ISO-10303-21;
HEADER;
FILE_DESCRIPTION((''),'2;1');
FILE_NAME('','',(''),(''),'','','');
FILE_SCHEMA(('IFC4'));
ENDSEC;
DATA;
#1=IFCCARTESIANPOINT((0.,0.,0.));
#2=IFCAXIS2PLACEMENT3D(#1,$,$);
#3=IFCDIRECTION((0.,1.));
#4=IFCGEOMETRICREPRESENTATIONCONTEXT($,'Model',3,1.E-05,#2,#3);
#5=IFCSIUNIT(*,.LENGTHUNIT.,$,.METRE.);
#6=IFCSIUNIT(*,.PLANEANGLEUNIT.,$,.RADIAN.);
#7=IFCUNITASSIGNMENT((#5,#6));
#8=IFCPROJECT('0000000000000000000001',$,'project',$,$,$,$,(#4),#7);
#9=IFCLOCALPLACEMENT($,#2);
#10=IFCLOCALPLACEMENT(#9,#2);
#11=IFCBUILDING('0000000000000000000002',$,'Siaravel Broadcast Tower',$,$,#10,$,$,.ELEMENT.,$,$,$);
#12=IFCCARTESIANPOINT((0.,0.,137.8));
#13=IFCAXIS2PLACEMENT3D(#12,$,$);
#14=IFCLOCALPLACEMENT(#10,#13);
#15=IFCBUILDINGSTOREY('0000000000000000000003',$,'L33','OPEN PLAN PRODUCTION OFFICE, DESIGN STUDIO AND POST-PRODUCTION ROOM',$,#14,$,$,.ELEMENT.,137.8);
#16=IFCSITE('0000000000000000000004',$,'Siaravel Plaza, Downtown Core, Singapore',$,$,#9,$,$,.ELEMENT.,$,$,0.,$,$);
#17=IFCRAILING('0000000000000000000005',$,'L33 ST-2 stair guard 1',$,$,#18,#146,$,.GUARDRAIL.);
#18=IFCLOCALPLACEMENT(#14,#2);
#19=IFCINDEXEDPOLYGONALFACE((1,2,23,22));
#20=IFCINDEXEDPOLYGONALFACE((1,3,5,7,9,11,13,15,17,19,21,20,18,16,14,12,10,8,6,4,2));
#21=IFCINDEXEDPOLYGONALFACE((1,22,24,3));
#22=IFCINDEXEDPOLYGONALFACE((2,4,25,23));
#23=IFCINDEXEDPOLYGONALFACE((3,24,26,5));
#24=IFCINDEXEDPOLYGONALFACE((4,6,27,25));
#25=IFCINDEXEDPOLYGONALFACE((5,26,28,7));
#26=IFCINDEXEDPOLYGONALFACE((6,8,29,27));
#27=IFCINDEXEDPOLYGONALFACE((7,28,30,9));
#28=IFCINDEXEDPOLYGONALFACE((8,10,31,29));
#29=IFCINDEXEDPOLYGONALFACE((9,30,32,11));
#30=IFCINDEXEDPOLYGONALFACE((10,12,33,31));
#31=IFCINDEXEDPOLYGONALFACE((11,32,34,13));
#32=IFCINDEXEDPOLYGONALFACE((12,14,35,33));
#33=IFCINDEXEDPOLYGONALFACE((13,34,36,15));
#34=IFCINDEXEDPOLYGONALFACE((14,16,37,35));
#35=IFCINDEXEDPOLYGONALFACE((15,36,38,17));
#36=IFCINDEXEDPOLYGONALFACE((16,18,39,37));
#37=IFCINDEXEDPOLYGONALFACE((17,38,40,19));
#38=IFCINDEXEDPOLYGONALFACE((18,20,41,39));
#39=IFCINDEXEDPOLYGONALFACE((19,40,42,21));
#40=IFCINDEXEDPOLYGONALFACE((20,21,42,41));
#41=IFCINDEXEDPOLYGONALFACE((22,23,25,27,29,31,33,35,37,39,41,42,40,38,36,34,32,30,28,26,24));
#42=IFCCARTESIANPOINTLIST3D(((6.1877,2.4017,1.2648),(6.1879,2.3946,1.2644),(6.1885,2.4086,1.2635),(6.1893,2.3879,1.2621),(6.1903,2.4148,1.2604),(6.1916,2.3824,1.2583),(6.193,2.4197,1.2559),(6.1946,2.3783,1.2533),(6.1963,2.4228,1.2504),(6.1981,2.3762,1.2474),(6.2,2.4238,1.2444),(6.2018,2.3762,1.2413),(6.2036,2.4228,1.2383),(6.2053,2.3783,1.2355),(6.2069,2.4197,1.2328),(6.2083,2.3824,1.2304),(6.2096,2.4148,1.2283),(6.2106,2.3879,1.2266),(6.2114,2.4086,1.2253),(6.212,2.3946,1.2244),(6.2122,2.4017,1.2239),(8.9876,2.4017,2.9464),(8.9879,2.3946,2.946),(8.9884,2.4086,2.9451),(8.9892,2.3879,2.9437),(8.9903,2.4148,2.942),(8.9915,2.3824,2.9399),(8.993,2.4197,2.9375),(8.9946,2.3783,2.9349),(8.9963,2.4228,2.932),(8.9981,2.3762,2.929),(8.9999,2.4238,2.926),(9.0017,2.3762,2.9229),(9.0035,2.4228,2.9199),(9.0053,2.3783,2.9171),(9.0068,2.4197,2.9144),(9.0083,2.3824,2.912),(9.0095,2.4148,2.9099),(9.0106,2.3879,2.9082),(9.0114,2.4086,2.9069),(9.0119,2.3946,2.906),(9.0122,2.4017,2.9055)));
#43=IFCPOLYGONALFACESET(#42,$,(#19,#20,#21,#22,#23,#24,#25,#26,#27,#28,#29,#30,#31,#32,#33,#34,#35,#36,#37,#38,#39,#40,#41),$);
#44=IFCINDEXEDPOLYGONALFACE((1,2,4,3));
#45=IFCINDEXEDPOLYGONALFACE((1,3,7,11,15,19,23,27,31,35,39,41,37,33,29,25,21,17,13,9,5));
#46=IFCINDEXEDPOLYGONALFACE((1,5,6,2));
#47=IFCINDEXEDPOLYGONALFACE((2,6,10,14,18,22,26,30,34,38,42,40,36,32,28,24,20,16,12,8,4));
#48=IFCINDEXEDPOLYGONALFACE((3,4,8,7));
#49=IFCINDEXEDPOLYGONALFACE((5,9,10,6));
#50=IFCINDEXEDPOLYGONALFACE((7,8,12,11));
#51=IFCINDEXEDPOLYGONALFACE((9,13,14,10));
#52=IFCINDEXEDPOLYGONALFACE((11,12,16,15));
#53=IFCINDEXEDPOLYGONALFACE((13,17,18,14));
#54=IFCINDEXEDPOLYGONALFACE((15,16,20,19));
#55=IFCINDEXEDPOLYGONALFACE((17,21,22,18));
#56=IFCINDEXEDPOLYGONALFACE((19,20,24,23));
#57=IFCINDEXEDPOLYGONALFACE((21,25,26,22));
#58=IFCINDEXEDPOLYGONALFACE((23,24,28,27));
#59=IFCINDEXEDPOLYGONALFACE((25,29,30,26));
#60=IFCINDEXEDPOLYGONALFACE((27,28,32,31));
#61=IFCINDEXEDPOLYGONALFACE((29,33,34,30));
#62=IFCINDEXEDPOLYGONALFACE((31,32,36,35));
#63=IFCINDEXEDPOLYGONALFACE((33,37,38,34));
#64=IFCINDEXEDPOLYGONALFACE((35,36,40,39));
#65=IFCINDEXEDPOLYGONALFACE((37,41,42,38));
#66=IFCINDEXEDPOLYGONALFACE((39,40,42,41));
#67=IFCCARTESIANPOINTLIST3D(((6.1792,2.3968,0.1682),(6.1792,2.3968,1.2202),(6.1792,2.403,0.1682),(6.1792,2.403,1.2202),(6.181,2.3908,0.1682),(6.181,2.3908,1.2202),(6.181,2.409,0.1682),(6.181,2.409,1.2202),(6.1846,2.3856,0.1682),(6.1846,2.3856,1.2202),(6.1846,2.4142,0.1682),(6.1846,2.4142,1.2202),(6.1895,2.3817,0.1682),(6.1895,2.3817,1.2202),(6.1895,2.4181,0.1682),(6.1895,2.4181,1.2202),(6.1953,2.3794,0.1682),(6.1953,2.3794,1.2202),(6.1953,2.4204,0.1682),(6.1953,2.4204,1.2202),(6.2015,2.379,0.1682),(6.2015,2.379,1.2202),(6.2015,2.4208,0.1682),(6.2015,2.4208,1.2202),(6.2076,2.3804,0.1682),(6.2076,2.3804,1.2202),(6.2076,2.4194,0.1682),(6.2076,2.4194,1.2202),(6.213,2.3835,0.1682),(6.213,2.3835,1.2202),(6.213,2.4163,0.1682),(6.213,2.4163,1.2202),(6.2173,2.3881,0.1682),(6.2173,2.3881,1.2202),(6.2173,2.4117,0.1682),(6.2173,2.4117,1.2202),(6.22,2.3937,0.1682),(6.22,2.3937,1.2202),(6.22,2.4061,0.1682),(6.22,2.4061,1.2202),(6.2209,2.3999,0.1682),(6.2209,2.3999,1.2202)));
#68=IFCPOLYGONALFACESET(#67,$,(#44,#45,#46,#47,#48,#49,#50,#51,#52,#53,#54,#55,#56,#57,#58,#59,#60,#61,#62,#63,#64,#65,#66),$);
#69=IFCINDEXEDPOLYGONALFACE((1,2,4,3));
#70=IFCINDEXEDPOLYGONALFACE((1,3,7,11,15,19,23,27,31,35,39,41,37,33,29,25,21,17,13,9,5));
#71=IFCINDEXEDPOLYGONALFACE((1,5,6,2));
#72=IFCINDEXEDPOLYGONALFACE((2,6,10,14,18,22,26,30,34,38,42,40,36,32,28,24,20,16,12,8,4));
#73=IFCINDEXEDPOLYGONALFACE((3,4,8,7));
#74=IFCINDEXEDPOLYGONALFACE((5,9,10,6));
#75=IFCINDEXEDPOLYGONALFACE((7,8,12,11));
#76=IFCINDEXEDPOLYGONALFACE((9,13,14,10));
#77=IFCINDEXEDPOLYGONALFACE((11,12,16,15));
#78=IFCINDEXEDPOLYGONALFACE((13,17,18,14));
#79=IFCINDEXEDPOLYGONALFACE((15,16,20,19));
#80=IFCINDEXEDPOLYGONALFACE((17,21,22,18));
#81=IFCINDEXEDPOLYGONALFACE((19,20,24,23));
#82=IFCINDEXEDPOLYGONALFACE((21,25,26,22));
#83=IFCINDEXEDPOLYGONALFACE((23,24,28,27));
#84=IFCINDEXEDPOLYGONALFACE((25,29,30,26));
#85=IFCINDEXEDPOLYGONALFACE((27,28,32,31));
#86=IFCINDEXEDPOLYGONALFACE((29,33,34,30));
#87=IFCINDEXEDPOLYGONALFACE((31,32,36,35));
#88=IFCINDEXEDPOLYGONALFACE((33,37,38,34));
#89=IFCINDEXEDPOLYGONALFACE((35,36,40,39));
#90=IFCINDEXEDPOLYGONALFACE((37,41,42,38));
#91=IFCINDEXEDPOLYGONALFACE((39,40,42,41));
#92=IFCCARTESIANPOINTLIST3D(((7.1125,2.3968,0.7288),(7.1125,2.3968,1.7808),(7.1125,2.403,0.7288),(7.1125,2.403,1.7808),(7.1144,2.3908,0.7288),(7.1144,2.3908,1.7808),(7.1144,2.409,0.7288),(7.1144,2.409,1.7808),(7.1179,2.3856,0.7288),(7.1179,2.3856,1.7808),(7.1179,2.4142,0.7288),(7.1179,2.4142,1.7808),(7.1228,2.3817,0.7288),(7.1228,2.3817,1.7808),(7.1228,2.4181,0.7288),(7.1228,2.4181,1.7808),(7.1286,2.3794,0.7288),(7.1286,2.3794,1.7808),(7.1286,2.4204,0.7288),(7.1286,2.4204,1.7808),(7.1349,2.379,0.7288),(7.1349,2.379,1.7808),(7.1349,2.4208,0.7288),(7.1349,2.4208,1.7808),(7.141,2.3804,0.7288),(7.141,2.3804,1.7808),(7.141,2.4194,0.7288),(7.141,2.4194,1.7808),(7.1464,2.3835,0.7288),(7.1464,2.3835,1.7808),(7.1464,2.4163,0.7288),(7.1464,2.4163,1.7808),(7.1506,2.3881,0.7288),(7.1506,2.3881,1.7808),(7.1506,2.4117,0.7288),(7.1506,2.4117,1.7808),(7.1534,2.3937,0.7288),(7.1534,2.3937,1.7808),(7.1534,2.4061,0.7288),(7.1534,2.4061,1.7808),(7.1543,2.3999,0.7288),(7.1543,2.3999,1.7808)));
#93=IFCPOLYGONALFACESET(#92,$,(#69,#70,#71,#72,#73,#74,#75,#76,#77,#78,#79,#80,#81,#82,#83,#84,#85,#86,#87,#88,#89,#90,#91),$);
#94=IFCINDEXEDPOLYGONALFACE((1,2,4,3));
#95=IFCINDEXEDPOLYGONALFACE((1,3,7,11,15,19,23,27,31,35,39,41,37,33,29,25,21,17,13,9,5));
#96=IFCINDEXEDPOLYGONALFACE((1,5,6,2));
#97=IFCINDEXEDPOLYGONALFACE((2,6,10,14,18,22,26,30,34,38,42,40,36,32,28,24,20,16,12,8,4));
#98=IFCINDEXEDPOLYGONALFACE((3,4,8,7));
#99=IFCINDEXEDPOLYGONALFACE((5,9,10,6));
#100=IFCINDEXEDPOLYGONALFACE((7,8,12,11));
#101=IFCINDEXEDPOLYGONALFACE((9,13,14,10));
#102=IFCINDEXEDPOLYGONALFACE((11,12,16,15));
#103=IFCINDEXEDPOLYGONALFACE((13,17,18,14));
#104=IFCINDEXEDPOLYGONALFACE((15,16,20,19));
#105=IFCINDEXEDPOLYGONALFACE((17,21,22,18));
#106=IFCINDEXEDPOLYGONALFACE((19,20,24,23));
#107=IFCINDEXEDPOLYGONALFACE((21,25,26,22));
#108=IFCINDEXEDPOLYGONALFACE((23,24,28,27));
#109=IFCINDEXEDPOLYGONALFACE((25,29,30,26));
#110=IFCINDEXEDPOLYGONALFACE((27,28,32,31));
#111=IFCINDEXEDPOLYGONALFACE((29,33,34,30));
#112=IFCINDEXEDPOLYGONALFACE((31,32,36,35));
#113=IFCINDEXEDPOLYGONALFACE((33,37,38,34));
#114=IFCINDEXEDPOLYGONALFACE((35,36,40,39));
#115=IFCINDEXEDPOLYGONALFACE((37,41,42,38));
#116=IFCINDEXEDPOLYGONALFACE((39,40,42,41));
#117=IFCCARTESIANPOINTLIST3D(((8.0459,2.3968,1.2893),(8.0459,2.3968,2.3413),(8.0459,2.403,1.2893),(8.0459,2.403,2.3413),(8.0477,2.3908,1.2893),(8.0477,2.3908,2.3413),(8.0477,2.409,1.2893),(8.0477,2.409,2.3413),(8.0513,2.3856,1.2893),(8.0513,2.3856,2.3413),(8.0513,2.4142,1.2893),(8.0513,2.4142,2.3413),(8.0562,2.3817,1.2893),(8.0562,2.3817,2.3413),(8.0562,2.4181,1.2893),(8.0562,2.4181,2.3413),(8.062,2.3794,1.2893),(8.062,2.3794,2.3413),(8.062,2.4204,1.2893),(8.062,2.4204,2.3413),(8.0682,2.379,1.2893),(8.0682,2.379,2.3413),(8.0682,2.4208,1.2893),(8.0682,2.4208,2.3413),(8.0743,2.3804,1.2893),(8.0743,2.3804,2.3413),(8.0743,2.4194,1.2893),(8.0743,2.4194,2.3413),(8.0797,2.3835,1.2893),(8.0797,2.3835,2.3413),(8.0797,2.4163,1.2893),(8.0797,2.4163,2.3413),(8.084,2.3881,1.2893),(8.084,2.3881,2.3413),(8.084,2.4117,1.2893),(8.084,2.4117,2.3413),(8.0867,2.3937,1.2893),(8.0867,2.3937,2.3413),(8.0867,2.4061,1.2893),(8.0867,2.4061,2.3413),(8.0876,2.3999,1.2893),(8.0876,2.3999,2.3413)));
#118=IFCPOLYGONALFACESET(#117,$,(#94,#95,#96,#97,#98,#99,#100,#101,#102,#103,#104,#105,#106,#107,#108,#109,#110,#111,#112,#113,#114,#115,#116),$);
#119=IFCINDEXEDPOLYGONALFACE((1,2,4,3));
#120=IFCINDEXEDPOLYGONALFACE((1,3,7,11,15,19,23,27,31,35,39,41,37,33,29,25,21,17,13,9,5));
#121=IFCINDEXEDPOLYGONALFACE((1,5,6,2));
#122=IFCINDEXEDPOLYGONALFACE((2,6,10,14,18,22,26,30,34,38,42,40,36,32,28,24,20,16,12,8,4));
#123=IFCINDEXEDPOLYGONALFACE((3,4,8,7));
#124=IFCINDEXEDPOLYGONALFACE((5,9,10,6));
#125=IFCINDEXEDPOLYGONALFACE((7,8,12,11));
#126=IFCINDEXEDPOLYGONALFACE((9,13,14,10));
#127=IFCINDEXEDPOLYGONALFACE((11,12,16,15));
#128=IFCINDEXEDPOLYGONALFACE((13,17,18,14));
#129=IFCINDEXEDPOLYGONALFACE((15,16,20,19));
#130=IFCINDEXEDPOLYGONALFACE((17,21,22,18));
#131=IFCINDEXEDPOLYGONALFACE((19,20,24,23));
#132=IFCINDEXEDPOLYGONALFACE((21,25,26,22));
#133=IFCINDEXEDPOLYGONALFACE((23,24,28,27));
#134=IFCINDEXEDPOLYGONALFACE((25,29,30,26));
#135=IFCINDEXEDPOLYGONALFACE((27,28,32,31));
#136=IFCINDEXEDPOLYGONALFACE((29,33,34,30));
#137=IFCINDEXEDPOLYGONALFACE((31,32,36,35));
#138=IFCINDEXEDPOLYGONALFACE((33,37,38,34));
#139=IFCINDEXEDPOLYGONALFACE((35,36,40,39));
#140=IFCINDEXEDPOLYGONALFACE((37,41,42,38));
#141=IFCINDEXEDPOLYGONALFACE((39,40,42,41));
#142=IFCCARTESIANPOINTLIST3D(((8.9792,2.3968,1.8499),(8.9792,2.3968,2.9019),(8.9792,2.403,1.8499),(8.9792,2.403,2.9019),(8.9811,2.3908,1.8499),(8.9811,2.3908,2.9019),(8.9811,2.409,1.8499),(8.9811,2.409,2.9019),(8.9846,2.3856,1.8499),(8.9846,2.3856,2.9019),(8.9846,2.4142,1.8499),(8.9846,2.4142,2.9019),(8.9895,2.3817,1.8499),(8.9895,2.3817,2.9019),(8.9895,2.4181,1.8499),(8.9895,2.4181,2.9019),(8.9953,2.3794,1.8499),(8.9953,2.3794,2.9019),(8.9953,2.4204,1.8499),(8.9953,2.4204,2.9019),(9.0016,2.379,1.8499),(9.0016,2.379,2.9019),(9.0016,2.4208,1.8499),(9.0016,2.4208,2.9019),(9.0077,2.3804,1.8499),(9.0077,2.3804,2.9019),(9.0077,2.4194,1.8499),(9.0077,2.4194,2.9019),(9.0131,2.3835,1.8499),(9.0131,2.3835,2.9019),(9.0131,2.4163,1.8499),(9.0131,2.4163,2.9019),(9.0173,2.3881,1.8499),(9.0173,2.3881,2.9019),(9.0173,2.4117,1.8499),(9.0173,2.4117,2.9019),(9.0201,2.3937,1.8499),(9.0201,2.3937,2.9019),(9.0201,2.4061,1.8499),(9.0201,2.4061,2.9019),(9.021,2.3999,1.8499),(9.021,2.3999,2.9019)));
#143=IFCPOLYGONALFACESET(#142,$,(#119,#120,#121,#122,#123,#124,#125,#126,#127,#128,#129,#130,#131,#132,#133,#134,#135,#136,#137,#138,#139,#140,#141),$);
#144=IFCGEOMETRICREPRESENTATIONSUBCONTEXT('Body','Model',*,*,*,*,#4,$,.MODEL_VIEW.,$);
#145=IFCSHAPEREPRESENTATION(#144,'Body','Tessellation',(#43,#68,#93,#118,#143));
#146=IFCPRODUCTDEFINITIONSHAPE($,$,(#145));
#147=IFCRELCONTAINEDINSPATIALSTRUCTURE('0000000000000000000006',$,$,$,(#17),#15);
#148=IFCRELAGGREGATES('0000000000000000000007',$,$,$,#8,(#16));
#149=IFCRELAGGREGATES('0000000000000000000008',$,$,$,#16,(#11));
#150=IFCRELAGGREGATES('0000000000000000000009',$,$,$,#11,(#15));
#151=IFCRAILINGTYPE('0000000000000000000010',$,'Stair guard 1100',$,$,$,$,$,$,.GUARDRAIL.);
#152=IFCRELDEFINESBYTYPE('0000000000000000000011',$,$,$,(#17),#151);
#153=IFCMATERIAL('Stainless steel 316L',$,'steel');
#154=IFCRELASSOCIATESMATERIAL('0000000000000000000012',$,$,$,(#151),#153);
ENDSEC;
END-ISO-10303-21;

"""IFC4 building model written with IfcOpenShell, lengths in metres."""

from ifc_helpers import new_model, si_unit, direction, frame, origin, origin_2d, place, context, subcontext, project, spatial, circle, extrude, material, type_object, element, save


model = new_model("IFC4")

# Units and contexts
model_context = context("Model", 3, precision=1e-05, world=origin(), true_north=direction((0.0, 1.0)))
body_context = subcontext(model_context, "Body", "Model", "MODEL_VIEW")
ifc_project = project(units=[si_unit("LENGTHUNIT", "METRE"), si_unit("PLANEANGLEUNIT", "RADIAN")], contexts=[model_context])

# Site, building, storey
site_placement = place(None, origin())
site = spatial("IfcSite", under=ifc_project, at=site_placement, Name="Siaravel Plaza, Downtown Core, Singapore", CompositionType="ELEMENT", RefElevation=0.0)
building_placement = place(site_placement, origin())
building = spatial("IfcBuilding", under=site, at=building_placement, Name="Siaravel Broadcast Tower", CompositionType="ELEMENT")
storey_placement = place(building_placement, frame((0.0, 0.0, 137.8)))
storey = spatial("IfcBuildingStorey", under=building, at=storey_placement, Name="L33", Description="OPEN PLAN PRODUCTION OFFICE, DESIGN STUDIO AND POST-PRODUCTION ROOM", CompositionType="ELEMENT", Elevation=137.8)

# Railing
ifc_material_1 = material(Name="Stainless steel 316L", Category="steel")
railing_type_1 = type_object("IfcRailingType", Name="Stair guard 1100", PredefinedType="GUARDRAIL", material=ifc_material_1)
railing_1_placement = place(storey_placement, frame((6.2, 2.3999, 0.1682)))
element("IfcRailing", 1, at=railing_1_placement, inside=storey, type_object=railing_type_1, Name="L33 ST-2 stair guard 1", PredefinedType="GUARDRAIL", context=body_context, shape_type="SweptSolid", body=[
    extrude(circle(Radius=0.0239, at=origin_2d()), frame((0.0, 0.0, 1.0762), z_axis=(0.857275, 0.0, 0.514858), x_axis=(0.0, 1.0, 0.0)), (0.0, 0.0, 1.0), 3.2661),
    extrude(circle(Radius=0.021, at=origin_2d()), origin(), (0.0, 0.0, 1.0), 1.052),
    extrude(circle(Radius=0.021, at=origin_2d()), frame((0.9333, 0.0, 0.5605)), (0.0, 0.0, 1.0), 1.052),
    extrude(circle(Radius=0.021, at=origin_2d()), frame((1.8667, 0.0, 1.1211)), (0.0, 0.0, 1.0), 1.052),
    extrude(circle(Radius=0.021, at=origin_2d()), frame((2.8, 0.0, 1.6816)), (0.0, 0.0, 1.0), 1.052),
])

save(model, "model.ifc")
